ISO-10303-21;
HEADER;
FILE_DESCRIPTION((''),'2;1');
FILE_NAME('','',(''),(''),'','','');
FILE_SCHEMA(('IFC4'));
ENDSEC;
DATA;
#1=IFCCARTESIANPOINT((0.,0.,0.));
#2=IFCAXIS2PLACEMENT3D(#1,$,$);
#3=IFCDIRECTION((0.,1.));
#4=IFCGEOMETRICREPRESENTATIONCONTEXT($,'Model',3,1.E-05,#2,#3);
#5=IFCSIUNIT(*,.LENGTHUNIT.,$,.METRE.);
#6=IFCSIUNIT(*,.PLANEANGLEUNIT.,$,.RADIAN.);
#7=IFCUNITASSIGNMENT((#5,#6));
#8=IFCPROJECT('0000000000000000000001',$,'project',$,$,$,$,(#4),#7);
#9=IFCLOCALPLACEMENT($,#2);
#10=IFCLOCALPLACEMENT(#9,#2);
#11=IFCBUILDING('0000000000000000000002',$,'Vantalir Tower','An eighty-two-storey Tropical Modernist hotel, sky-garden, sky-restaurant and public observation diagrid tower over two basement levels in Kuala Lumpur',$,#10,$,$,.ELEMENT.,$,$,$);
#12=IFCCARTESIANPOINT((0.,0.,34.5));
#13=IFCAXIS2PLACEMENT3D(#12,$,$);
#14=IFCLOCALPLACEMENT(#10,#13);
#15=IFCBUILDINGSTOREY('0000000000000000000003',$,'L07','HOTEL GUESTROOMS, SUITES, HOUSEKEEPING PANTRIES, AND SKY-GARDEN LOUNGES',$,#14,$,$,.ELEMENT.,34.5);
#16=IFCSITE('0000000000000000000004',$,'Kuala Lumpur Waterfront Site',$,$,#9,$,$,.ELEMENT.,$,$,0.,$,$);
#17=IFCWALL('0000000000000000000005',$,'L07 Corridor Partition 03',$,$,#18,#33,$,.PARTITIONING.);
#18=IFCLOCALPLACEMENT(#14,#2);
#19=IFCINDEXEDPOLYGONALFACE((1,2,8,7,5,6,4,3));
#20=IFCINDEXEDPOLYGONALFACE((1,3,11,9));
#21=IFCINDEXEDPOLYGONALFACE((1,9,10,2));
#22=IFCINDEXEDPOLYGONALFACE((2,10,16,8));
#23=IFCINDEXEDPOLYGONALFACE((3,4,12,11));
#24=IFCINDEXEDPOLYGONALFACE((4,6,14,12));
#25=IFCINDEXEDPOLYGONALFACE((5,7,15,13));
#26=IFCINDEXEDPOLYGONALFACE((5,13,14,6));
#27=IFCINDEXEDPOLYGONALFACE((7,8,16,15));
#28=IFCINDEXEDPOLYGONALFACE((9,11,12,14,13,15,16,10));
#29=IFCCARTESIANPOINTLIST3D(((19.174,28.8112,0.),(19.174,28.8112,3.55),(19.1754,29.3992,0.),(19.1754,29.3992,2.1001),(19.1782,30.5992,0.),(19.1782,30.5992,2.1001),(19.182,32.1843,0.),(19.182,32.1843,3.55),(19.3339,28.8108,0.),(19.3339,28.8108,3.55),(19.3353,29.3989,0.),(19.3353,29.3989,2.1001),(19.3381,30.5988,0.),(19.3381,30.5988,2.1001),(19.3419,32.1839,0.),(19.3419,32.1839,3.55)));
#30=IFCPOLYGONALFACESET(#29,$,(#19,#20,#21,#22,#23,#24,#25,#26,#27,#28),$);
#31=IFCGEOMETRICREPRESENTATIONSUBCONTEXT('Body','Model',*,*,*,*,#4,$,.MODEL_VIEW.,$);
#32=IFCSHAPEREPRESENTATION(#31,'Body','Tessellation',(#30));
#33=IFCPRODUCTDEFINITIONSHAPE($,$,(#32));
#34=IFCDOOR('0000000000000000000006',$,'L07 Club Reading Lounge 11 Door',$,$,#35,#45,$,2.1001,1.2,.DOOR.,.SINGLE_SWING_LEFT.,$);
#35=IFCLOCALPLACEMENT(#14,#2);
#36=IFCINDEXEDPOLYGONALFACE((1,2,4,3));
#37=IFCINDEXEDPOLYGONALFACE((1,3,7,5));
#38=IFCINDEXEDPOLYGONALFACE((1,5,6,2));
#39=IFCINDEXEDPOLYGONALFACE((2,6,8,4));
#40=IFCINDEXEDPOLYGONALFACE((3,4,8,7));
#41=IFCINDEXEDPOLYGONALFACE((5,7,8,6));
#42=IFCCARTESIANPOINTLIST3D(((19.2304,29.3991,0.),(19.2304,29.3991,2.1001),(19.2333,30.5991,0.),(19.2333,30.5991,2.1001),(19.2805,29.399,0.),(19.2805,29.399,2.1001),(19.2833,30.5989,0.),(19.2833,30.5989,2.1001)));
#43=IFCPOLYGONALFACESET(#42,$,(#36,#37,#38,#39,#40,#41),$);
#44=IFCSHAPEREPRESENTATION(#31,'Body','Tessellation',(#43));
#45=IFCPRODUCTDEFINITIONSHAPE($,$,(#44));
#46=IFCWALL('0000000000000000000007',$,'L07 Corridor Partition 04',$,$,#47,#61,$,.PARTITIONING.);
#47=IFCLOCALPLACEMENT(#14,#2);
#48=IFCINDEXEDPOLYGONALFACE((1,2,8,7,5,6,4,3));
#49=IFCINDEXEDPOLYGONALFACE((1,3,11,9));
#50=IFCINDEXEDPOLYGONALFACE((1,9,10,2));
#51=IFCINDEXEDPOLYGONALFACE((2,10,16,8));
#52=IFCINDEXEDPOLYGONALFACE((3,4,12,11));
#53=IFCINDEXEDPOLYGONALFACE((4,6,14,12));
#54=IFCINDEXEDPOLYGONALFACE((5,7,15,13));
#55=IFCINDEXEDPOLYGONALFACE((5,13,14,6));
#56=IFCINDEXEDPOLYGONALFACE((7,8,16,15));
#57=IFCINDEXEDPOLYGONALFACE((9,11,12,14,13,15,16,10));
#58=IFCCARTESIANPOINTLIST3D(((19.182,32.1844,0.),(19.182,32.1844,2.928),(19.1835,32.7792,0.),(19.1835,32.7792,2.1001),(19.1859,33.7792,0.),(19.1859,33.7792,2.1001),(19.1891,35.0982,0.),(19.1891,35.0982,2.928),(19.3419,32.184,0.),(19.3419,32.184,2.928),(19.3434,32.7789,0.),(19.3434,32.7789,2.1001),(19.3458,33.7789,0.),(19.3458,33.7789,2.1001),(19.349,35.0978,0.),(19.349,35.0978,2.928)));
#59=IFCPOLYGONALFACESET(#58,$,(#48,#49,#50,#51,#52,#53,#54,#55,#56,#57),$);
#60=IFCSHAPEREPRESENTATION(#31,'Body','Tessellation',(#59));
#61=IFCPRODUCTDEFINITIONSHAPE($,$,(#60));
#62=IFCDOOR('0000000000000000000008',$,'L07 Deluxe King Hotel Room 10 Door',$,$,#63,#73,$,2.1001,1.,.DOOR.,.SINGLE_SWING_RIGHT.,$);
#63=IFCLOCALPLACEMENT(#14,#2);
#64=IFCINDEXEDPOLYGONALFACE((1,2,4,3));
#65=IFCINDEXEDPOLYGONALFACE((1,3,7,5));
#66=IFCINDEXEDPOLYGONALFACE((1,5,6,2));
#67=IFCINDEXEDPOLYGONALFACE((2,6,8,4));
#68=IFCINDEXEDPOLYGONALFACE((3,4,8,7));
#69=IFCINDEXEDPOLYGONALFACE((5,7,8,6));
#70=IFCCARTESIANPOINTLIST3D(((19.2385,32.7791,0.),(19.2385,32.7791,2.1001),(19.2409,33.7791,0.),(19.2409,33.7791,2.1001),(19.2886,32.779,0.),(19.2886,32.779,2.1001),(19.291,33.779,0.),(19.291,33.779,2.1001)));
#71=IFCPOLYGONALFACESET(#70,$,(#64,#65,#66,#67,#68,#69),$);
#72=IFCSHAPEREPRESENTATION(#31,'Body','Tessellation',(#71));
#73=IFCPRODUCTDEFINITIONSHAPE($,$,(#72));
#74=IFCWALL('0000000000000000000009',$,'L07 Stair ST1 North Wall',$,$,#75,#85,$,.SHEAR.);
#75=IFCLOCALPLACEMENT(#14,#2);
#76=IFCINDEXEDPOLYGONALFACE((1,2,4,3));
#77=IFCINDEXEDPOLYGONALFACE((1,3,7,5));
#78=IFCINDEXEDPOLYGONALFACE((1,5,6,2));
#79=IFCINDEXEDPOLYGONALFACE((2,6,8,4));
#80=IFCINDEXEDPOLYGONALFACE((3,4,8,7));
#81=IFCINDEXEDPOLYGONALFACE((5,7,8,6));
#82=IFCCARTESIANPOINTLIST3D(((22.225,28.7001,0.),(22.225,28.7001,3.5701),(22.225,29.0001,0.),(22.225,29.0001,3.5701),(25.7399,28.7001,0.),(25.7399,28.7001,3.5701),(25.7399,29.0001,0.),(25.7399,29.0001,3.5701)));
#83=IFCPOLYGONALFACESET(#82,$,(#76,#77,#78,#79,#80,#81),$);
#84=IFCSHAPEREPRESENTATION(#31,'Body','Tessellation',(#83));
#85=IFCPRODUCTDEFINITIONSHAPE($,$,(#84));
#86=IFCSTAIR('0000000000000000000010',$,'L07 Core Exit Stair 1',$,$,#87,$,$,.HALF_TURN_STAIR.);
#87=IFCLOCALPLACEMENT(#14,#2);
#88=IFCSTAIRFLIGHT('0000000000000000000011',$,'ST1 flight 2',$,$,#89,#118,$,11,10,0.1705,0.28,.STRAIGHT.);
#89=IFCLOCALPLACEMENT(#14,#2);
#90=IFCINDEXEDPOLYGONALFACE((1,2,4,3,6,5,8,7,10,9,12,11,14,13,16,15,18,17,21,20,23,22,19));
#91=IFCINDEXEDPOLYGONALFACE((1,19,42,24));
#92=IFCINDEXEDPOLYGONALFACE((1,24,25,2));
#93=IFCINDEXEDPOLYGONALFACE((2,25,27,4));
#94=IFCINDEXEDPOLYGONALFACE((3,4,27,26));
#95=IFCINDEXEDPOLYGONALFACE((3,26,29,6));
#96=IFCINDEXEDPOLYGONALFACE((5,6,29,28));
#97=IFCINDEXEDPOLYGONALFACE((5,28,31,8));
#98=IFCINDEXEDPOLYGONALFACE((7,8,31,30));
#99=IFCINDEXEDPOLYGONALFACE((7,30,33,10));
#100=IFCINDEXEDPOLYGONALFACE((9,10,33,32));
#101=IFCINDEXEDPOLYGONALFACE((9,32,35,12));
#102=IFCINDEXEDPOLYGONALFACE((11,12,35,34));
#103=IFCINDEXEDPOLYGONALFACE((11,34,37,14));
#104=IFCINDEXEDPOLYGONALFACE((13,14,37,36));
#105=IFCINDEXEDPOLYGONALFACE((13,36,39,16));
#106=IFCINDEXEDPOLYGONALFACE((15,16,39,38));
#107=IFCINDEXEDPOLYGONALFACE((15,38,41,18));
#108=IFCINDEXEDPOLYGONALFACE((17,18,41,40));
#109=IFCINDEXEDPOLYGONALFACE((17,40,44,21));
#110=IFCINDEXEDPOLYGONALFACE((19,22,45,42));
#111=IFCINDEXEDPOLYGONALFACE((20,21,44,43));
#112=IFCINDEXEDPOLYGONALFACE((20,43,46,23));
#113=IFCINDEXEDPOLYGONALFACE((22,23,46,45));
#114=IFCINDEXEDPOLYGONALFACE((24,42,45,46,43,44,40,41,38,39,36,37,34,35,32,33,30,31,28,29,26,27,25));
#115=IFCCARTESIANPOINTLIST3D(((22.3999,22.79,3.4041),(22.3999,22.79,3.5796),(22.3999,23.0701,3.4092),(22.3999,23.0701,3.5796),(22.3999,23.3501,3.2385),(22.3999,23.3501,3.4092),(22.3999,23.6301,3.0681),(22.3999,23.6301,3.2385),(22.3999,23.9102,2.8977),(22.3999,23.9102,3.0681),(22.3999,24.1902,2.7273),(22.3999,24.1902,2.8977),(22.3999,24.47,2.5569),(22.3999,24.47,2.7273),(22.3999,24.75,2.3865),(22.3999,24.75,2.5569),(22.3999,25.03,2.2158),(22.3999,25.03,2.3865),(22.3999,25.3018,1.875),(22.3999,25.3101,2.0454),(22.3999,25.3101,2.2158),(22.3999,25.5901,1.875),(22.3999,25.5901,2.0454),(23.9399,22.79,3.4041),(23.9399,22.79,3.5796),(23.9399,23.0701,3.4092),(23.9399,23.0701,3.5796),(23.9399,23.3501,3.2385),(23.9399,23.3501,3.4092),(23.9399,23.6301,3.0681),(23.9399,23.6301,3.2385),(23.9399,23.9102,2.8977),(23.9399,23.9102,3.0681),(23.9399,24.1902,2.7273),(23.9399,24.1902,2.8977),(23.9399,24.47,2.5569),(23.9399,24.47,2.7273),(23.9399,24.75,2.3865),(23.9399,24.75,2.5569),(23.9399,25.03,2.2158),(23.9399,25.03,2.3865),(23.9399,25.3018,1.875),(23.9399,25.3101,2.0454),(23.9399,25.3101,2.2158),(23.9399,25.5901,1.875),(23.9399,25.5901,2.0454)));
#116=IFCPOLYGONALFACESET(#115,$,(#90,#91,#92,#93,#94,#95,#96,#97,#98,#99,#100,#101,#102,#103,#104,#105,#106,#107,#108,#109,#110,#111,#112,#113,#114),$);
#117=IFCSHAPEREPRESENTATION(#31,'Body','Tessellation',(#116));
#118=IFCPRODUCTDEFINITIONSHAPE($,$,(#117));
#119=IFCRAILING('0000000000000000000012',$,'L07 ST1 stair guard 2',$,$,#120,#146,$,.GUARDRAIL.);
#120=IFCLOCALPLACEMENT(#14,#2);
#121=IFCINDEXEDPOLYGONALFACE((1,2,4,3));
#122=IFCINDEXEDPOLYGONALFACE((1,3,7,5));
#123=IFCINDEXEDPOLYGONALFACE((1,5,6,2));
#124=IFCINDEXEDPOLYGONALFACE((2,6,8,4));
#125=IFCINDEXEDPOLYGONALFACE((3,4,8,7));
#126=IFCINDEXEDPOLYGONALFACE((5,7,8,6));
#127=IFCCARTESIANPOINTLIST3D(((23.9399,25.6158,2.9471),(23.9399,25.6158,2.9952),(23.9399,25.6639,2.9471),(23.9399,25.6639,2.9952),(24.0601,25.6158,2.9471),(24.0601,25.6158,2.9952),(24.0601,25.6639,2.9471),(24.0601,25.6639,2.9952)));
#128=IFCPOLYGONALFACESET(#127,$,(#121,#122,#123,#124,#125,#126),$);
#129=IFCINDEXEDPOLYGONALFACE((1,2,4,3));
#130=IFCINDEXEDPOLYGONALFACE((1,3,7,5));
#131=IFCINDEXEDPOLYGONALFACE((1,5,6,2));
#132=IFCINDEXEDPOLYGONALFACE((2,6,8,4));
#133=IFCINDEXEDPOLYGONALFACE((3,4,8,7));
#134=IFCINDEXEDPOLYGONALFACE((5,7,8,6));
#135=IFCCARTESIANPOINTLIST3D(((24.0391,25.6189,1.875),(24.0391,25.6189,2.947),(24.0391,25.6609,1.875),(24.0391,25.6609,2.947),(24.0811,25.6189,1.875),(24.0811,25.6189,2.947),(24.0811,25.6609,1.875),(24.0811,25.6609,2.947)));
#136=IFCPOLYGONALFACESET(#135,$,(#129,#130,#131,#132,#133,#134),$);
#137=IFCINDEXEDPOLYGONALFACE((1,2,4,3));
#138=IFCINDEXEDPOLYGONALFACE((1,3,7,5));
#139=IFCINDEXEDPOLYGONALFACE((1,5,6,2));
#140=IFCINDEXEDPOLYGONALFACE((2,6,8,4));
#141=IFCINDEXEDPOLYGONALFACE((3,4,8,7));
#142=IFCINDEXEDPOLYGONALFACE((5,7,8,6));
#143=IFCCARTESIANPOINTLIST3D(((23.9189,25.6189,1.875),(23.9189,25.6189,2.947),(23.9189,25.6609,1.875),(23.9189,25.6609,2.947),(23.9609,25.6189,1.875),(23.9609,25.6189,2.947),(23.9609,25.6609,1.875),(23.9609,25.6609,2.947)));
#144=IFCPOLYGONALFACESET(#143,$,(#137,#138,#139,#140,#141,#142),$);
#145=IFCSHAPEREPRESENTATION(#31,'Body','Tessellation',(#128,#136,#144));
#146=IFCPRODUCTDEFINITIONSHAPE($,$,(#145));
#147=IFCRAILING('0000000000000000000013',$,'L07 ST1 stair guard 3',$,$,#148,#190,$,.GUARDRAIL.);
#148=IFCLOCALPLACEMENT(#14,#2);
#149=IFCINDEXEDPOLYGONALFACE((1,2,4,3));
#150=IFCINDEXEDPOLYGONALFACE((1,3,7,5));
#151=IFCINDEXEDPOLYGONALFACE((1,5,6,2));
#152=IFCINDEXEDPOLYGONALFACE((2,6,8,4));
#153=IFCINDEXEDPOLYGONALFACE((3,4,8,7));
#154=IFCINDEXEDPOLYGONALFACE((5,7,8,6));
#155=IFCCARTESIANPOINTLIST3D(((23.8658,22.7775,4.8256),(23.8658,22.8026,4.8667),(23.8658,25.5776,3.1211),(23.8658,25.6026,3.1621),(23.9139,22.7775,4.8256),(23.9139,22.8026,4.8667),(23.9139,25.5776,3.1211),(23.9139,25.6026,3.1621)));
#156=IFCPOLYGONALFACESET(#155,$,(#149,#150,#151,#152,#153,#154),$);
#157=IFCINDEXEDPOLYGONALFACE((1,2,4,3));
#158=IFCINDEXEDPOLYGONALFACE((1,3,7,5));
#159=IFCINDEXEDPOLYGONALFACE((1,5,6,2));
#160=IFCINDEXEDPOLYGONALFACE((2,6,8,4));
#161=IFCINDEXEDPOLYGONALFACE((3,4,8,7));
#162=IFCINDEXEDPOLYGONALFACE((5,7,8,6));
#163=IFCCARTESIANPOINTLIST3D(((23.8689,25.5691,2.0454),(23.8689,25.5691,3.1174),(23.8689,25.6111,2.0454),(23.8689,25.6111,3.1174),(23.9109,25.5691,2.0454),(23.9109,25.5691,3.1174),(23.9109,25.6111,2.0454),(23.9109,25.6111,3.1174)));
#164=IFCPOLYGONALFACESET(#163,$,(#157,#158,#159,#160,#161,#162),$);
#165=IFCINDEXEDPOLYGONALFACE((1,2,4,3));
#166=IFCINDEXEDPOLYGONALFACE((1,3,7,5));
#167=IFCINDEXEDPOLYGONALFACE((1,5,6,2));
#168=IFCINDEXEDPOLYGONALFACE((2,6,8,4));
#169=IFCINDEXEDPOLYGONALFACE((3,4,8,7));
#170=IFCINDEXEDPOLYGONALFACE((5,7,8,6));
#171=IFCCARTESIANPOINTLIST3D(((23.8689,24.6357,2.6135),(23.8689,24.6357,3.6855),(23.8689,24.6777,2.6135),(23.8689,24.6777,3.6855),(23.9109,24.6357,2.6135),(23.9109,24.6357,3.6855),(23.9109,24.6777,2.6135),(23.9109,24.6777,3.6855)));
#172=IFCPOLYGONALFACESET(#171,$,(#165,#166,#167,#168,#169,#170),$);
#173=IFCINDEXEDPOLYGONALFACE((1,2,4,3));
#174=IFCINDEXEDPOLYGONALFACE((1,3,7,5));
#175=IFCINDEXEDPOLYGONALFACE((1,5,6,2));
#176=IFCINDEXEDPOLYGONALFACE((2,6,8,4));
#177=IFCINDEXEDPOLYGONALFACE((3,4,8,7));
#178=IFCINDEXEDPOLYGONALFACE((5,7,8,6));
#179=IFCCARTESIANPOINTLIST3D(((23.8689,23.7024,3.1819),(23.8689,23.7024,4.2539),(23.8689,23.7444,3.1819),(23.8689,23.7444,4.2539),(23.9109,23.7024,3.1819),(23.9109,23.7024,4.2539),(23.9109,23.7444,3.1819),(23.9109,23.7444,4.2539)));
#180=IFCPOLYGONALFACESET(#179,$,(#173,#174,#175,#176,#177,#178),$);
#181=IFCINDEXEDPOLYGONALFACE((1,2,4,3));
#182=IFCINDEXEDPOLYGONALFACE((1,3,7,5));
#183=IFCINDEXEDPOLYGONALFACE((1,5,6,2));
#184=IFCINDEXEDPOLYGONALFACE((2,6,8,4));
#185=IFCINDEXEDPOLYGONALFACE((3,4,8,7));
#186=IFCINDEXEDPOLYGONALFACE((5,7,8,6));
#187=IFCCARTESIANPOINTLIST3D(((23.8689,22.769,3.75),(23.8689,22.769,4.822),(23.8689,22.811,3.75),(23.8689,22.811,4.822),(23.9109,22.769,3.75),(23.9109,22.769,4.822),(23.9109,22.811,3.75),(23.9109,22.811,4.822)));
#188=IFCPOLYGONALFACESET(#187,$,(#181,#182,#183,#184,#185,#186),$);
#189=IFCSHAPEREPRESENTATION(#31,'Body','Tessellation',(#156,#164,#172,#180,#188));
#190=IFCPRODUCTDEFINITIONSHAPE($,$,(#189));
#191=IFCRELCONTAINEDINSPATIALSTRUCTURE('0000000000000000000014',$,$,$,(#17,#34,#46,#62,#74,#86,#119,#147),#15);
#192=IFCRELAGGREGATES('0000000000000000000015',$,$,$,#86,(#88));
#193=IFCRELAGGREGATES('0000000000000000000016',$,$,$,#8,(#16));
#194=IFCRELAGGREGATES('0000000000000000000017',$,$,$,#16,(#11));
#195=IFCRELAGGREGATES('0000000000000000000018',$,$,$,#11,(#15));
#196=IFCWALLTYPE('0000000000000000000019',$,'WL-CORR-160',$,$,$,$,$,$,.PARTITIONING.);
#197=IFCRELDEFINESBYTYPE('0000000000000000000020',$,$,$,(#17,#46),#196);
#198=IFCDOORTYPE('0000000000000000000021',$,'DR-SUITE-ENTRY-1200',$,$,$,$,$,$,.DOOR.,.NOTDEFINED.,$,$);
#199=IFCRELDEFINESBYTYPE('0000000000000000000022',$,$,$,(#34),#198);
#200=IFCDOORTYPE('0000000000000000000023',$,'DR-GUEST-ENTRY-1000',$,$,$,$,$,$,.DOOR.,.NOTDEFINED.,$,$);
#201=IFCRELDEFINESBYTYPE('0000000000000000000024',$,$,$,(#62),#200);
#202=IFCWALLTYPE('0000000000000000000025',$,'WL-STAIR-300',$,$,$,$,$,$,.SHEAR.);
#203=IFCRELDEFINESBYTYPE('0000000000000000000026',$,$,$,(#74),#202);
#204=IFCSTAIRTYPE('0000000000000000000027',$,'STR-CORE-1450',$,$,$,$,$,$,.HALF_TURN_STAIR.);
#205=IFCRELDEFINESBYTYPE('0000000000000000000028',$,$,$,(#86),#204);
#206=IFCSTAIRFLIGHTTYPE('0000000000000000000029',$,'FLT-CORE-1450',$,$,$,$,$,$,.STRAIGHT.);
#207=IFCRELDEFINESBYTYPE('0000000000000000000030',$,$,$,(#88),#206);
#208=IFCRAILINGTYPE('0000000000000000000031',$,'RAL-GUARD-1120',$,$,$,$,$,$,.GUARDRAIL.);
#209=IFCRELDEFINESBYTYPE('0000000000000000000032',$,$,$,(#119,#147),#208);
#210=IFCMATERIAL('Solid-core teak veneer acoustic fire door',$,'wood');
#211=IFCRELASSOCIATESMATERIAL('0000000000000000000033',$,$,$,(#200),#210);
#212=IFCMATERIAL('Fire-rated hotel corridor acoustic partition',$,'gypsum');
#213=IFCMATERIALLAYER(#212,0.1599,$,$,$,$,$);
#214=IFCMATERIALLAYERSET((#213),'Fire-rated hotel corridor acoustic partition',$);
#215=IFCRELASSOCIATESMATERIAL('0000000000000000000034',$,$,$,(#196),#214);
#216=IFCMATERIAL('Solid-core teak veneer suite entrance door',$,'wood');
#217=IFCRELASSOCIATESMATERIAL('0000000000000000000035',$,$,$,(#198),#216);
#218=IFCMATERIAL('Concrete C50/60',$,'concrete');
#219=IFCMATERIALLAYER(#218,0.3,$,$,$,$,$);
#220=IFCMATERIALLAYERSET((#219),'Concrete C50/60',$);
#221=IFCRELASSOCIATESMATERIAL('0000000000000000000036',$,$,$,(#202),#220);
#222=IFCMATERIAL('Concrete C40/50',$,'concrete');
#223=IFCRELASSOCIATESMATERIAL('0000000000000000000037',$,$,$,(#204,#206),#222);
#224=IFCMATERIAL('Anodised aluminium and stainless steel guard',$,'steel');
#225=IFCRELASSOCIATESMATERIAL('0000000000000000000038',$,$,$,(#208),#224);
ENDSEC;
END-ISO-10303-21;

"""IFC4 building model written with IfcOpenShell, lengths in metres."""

from ifc_helpers import new_model, si_unit, direction, frame, frame_2d, origin, origin_2d, place, context, subcontext, project, spatial, polyline, rectangle, outline, extrude, material, layer, layer_set, type_object, element, fill, aggregate, save


model = new_model("IFC4")

# Units and contexts
model_context = context("Model", 3, precision=1e-05, world=origin(), true_north=direction((0.0, 1.0)))
body_context = subcontext(model_context, "Body", "Model", "MODEL_VIEW")
ifc_project = project(units=[si_unit("LENGTHUNIT", "METRE"), si_unit("PLANEANGLEUNIT", "RADIAN")], contexts=[model_context])

# Site, building, storey
site_placement = place(None, origin())
site = spatial("IfcSite", under=ifc_project, at=site_placement, Name="Kuala Lumpur Waterfront Site", CompositionType="ELEMENT", RefElevation=0.0)
building_placement = place(site_placement, origin())
building = spatial("IfcBuilding", under=site, at=building_placement, Name="Vantalir Tower", Description="An eighty-two-storey Tropical Modernist hotel, sky-garden, sky-restaurant and public observation diagrid tower over two basement levels in Kuala Lumpur", CompositionType="ELEMENT")
storey_placement = place(building_placement, frame((0.0, 0.0, 34.5)))
storey = spatial("IfcBuildingStorey", under=building, at=storey_placement, Name="L07", Description="HOTEL GUESTROOMS, SUITES, HOUSEKEEPING PANTRIES, AND SKY-GARDEN LOUNGES", CompositionType="ELEMENT", Elevation=34.5)

# Shared definitions
ifc_material_1 = material(Name="Solid-core teak veneer acoustic fire door", Category="wood")
door_type_1 = type_object("IfcDoorType", Name="DR-GUEST-ENTRY-1000", OperationType="NOTDEFINED", PredefinedType="DOOR", material=ifc_material_1)

# Shared definitions
ifc_material_2 = material(Name="Fire-rated hotel corridor acoustic partition", Category="gypsum")
ifc_layer_1 = layer(ifc_material_2, 0.1599)
ifc_layer_set_1 = layer_set([ifc_layer_1], Name="Fire-rated hotel corridor acoustic partition")
wall_type_1 = type_object("IfcWallType", Name="WL-CORR-160", PredefinedType="PARTITIONING", material=ifc_layer_set_1)

# Walls, openings, doors
ifc_material_3 = material(Name="Solid-core teak veneer suite entrance door", Category="wood")
door_type_2 = type_object("IfcDoorType", Name="DR-SUITE-ENTRY-1200", OperationType="NOTDEFINED", PredefinedType="DOOR", material=ifc_material_3)
wall_1_placement = place(storey_placement, frame((19.2539, 28.811, 0.0), z_axis=(0.0, 0.0, 1.0), x_axis=(0.002389, 0.999997, 0.0)))
wall_1 = element("IfcWall", 1, at=wall_1_placement, inside=storey, type_object=wall_type_1, Name="L07 Corridor Partition 03", PredefinedType="PARTITIONING", context=body_context, shape_type="SweptSolid", body=[
    extrude(rectangle(XDim=3.373, YDim=0.1599, at=frame_2d((1.6865, 0.0))), origin(), (0.0, 0.0, 1.0), 3.55),
])
opening_1_placement = place(wall_1_placement, frame((0.5879, 0.0, 0.0)))
opening_1 = element("IfcOpeningElement", 2, at=opening_1_placement, cuts=wall_1, PredefinedType="OPENING", context=body_context, shape_type="SweptSolid", body=[
    extrude(rectangle(XDim=1.2, YDim=2.1001, at=frame_2d((0.6001, 1.05))), frame((0.0, 0.0898, 0.0), z_axis=(0.0, -1.0, 0.0), x_axis=(1.0, 0.0, 0.0)), (0.0, 0.0, 1.0), 0.1799),
])
door_1_placement = place(opening_1_placement, origin())
door_1 = element("IfcDoor", 3, at=door_1_placement, inside=storey, type_object=door_type_2, Name="L07 Club Reading Lounge 11 Door", OperationType="SINGLE_SWING_LEFT", OverallHeight=2.1001, OverallWidth=1.2, PredefinedType="DOOR", context=body_context, shape_type="SweptSolid", body=[
    extrude(rectangle(XDim=1.2, YDim=2.1001, at=frame_2d((0.6001, 1.05))), frame((0.0, 0.0249, 0.0), z_axis=(0.0, -1.0, 0.0), x_axis=(1.0, 0.0, 0.0)), (0.0, 0.0, 1.0), 0.05),
])
fill(opening_1, door_1)
wall_2_placement = place(storey_placement, frame((19.262, 32.1841, 0.0), z_axis=(0.0, 0.0, 1.0), x_axis=(0.00243, 0.999997, 0.0)))
wall_2 = element("IfcWall", 4, at=wall_2_placement, inside=storey, type_object=wall_type_1, Name="L07 Corridor Partition 04", PredefinedType="PARTITIONING", context=body_context, shape_type="SweptSolid", body=[
    extrude(rectangle(XDim=2.9138, YDim=0.1599, at=frame_2d((1.457, 0.0))), origin(), (0.0, 0.0, 1.0), 2.928),
])
opening_2_placement = place(wall_2_placement, frame((0.595, 0.0, 0.0)))
opening_2 = element("IfcOpeningElement", 5, at=opening_2_placement, cuts=wall_2, PredefinedType="OPENING", context=body_context, shape_type="SweptSolid", body=[
    extrude(rectangle(XDim=1.0, YDim=2.1001, at=frame_2d((0.5, 1.05))), frame((0.0, 0.0898, 0.0), z_axis=(0.0, -1.0, 0.0), x_axis=(1.0, 0.0, 0.0)), (0.0, 0.0, 1.0), 0.1799),
])
door_2_placement = place(opening_2_placement, origin())
door_2 = element("IfcDoor", 6, at=door_2_placement, inside=storey, type_object=door_type_1, Name="L07 Deluxe King Hotel Room 10 Door", OperationType="SINGLE_SWING_RIGHT", OverallHeight=2.1001, OverallWidth=1.0, PredefinedType="DOOR", context=body_context, shape_type="SweptSolid", body=[
    extrude(rectangle(XDim=1.0, YDim=2.1001, at=frame_2d((0.5, 1.05))), frame((0.0, 0.0249, 0.0), z_axis=(0.0, -1.0, 0.0), x_axis=(1.0, 0.0, 0.0)), (0.0, 0.0, 1.0), 0.05),
])
fill(opening_2, door_2)

# Wall
ifc_material_4 = material(Name="Concrete C50/60", Category="concrete")
ifc_layer_2 = layer(ifc_material_4, 0.3)
ifc_layer_set_2 = layer_set([ifc_layer_2], Name="Concrete C50/60")
wall_type_2 = type_object("IfcWallType", Name="WL-STAIR-300", PredefinedType="SHEAR", material=ifc_layer_set_2)
wall_3_placement = place(storey_placement, frame((22.2251, 28.8501, 0.0), z_axis=(0.0, 0.0, 1.0), x_axis=(1.0, 0.0, 0.0)))
element("IfcWall", 7, at=wall_3_placement, inside=storey, type_object=wall_type_2, Name="L07 Stair ST1 North Wall", PredefinedType="SHEAR", context=body_context, shape_type="SweptSolid", body=[
    extrude(rectangle(XDim=3.5149, YDim=0.3, at=frame_2d((1.7573, 0.0))), origin(), (0.0, 0.0, 1.0), 3.5701),
])

# Stair, stair flight
ifc_material_5 = material(Name="Concrete C40/50", Category="concrete")
stair_type = type_object("IfcStairType", Name="STR-CORE-1450", PredefinedType="HALF_TURN_STAIR", material=ifc_material_5)
stair_placement = place(storey_placement, origin())
stair = element("IfcStair", 8, at=stair_placement, inside=storey, type_object=stair_type, Name="L07 Core Exit Stair 1", PredefinedType="HALF_TURN_STAIR")
stair_flight_type = type_object("IfcStairFlightType", Name="FLT-CORE-1450", PredefinedType="STRAIGHT", material=ifc_material_5)
stair_flight_placement = place(storey_placement, frame((23.1699, 25.5901, 1.875), z_axis=(0.0, 0.0, 1.0), x_axis=(0.0, -1.0, 0.0)))
stair_flight = element("IfcStairFlight", 9, at=stair_flight_placement, type_object=stair_flight_type, Name="ST1 flight 2", NumberOfRisers=11, NumberOfTreads=10, PredefinedType="STRAIGHT", RiserHeight=0.1705, TreadLength=0.28, context=body_context, shape_type="SweptSolid", body=[
    extrude(outline(polyline([(0.0, 0.0), (0.0, 0.1704), (0.28, 0.1704), (0.28, 0.3408), (0.5601, 0.3408), (0.5601, 0.5115), (0.8401, 0.5115), (0.8401, 0.6819), (1.1201, 0.6819), (1.1201, 0.8523), (1.3999, 0.8523), (1.3999, 1.0227), (1.6799, 1.0227), (1.6799, 1.1931), (1.96, 1.1931), (1.96, 1.3635), (2.24, 1.3635), (2.24, 1.5342), (2.52, 1.5342), (2.52, 1.7046), (2.8, 1.7046), (2.8, 1.875), (2.8, 1.5291), (0.2883, 0.0), (0.0, 0.0)])), frame((0.0, 0.77, 0.0), z_axis=(0.0, -1.0, 0.0), x_axis=(1.0, 0.0, 0.0)), (0.0, 0.0, 1.0), 1.54),
])
aggregate(stair, [stair_flight])

# Railings
ifc_material_6 = material(Name="Anodised aluminium and stainless steel guard", Category="steel")
railing_type_1 = type_object("IfcRailingType", Name="RAL-GUARD-1120", PredefinedType="GUARDRAIL", material=ifc_material_6)
railing_1_placement = place(storey_placement, frame((24.0601, 25.6399, 1.875)))
element("IfcRailing", 10, at=railing_1_placement, inside=storey, type_object=railing_type_1, Name="L07 ST1 stair guard 2", PredefinedType="GUARDRAIL", context=body_context, shape_type="SweptSolid", body=[
    extrude(rectangle(XDim=0.0481, YDim=0.0481, at=origin_2d()), frame((0.0, 0.0, 1.0962), z_axis=(-1.0, 0.0, 0.0), x_axis=(0.0, -1.0, 0.0)), (0.0, 0.0, 1.0), 0.1201),
    extrude(rectangle(XDim=0.042, YDim=0.042, at=origin_2d()), origin(), (0.0, 0.0, 1.0), 1.072),
    extrude(rectangle(XDim=0.042, YDim=0.042, at=origin_2d()), frame((-0.1201, 0.0, 0.0)), (0.0, 0.0, 1.0), 1.072),
])
railing_2_placement = place(storey_placement, frame((23.8899, 25.5901, 2.0454)))
element("IfcRailing", 11, at=railing_2_placement, inside=storey, type_object=railing_type_1, Name="L07 ST1 stair guard 3", PredefinedType="GUARDRAIL", context=body_context, shape_type="SweptSolid", body=[
    extrude(rectangle(XDim=0.0481, YDim=0.0481, at=origin_2d()), frame((0.0, 0.0, 1.0962), z_axis=(0.0, -0.85417, 0.519994), x_axis=(1.0, 0.0, 0.0)), (0.0, 0.0, 1.0), 3.2781),
    extrude(rectangle(XDim=0.042, YDim=0.042, at=origin_2d()), origin(), (0.0, 0.0, 1.0), 1.072),
    extrude(rectangle(XDim=0.042, YDim=0.042, at=origin_2d()), frame((0.0, -0.9333, 0.5681)), (0.0, 0.0, 1.0), 1.072),
    extrude(rectangle(XDim=0.042, YDim=0.042, at=origin_2d()), frame((0.0, -1.8667, 1.1365)), (0.0, 0.0, 1.0), 1.072),
    extrude(rectangle(XDim=0.042, YDim=0.042, at=origin_2d()), frame((0.0, -2.8, 1.7046)), (0.0, 0.0, 1.0), 1.072),
])

save(model, "model.ifc")
